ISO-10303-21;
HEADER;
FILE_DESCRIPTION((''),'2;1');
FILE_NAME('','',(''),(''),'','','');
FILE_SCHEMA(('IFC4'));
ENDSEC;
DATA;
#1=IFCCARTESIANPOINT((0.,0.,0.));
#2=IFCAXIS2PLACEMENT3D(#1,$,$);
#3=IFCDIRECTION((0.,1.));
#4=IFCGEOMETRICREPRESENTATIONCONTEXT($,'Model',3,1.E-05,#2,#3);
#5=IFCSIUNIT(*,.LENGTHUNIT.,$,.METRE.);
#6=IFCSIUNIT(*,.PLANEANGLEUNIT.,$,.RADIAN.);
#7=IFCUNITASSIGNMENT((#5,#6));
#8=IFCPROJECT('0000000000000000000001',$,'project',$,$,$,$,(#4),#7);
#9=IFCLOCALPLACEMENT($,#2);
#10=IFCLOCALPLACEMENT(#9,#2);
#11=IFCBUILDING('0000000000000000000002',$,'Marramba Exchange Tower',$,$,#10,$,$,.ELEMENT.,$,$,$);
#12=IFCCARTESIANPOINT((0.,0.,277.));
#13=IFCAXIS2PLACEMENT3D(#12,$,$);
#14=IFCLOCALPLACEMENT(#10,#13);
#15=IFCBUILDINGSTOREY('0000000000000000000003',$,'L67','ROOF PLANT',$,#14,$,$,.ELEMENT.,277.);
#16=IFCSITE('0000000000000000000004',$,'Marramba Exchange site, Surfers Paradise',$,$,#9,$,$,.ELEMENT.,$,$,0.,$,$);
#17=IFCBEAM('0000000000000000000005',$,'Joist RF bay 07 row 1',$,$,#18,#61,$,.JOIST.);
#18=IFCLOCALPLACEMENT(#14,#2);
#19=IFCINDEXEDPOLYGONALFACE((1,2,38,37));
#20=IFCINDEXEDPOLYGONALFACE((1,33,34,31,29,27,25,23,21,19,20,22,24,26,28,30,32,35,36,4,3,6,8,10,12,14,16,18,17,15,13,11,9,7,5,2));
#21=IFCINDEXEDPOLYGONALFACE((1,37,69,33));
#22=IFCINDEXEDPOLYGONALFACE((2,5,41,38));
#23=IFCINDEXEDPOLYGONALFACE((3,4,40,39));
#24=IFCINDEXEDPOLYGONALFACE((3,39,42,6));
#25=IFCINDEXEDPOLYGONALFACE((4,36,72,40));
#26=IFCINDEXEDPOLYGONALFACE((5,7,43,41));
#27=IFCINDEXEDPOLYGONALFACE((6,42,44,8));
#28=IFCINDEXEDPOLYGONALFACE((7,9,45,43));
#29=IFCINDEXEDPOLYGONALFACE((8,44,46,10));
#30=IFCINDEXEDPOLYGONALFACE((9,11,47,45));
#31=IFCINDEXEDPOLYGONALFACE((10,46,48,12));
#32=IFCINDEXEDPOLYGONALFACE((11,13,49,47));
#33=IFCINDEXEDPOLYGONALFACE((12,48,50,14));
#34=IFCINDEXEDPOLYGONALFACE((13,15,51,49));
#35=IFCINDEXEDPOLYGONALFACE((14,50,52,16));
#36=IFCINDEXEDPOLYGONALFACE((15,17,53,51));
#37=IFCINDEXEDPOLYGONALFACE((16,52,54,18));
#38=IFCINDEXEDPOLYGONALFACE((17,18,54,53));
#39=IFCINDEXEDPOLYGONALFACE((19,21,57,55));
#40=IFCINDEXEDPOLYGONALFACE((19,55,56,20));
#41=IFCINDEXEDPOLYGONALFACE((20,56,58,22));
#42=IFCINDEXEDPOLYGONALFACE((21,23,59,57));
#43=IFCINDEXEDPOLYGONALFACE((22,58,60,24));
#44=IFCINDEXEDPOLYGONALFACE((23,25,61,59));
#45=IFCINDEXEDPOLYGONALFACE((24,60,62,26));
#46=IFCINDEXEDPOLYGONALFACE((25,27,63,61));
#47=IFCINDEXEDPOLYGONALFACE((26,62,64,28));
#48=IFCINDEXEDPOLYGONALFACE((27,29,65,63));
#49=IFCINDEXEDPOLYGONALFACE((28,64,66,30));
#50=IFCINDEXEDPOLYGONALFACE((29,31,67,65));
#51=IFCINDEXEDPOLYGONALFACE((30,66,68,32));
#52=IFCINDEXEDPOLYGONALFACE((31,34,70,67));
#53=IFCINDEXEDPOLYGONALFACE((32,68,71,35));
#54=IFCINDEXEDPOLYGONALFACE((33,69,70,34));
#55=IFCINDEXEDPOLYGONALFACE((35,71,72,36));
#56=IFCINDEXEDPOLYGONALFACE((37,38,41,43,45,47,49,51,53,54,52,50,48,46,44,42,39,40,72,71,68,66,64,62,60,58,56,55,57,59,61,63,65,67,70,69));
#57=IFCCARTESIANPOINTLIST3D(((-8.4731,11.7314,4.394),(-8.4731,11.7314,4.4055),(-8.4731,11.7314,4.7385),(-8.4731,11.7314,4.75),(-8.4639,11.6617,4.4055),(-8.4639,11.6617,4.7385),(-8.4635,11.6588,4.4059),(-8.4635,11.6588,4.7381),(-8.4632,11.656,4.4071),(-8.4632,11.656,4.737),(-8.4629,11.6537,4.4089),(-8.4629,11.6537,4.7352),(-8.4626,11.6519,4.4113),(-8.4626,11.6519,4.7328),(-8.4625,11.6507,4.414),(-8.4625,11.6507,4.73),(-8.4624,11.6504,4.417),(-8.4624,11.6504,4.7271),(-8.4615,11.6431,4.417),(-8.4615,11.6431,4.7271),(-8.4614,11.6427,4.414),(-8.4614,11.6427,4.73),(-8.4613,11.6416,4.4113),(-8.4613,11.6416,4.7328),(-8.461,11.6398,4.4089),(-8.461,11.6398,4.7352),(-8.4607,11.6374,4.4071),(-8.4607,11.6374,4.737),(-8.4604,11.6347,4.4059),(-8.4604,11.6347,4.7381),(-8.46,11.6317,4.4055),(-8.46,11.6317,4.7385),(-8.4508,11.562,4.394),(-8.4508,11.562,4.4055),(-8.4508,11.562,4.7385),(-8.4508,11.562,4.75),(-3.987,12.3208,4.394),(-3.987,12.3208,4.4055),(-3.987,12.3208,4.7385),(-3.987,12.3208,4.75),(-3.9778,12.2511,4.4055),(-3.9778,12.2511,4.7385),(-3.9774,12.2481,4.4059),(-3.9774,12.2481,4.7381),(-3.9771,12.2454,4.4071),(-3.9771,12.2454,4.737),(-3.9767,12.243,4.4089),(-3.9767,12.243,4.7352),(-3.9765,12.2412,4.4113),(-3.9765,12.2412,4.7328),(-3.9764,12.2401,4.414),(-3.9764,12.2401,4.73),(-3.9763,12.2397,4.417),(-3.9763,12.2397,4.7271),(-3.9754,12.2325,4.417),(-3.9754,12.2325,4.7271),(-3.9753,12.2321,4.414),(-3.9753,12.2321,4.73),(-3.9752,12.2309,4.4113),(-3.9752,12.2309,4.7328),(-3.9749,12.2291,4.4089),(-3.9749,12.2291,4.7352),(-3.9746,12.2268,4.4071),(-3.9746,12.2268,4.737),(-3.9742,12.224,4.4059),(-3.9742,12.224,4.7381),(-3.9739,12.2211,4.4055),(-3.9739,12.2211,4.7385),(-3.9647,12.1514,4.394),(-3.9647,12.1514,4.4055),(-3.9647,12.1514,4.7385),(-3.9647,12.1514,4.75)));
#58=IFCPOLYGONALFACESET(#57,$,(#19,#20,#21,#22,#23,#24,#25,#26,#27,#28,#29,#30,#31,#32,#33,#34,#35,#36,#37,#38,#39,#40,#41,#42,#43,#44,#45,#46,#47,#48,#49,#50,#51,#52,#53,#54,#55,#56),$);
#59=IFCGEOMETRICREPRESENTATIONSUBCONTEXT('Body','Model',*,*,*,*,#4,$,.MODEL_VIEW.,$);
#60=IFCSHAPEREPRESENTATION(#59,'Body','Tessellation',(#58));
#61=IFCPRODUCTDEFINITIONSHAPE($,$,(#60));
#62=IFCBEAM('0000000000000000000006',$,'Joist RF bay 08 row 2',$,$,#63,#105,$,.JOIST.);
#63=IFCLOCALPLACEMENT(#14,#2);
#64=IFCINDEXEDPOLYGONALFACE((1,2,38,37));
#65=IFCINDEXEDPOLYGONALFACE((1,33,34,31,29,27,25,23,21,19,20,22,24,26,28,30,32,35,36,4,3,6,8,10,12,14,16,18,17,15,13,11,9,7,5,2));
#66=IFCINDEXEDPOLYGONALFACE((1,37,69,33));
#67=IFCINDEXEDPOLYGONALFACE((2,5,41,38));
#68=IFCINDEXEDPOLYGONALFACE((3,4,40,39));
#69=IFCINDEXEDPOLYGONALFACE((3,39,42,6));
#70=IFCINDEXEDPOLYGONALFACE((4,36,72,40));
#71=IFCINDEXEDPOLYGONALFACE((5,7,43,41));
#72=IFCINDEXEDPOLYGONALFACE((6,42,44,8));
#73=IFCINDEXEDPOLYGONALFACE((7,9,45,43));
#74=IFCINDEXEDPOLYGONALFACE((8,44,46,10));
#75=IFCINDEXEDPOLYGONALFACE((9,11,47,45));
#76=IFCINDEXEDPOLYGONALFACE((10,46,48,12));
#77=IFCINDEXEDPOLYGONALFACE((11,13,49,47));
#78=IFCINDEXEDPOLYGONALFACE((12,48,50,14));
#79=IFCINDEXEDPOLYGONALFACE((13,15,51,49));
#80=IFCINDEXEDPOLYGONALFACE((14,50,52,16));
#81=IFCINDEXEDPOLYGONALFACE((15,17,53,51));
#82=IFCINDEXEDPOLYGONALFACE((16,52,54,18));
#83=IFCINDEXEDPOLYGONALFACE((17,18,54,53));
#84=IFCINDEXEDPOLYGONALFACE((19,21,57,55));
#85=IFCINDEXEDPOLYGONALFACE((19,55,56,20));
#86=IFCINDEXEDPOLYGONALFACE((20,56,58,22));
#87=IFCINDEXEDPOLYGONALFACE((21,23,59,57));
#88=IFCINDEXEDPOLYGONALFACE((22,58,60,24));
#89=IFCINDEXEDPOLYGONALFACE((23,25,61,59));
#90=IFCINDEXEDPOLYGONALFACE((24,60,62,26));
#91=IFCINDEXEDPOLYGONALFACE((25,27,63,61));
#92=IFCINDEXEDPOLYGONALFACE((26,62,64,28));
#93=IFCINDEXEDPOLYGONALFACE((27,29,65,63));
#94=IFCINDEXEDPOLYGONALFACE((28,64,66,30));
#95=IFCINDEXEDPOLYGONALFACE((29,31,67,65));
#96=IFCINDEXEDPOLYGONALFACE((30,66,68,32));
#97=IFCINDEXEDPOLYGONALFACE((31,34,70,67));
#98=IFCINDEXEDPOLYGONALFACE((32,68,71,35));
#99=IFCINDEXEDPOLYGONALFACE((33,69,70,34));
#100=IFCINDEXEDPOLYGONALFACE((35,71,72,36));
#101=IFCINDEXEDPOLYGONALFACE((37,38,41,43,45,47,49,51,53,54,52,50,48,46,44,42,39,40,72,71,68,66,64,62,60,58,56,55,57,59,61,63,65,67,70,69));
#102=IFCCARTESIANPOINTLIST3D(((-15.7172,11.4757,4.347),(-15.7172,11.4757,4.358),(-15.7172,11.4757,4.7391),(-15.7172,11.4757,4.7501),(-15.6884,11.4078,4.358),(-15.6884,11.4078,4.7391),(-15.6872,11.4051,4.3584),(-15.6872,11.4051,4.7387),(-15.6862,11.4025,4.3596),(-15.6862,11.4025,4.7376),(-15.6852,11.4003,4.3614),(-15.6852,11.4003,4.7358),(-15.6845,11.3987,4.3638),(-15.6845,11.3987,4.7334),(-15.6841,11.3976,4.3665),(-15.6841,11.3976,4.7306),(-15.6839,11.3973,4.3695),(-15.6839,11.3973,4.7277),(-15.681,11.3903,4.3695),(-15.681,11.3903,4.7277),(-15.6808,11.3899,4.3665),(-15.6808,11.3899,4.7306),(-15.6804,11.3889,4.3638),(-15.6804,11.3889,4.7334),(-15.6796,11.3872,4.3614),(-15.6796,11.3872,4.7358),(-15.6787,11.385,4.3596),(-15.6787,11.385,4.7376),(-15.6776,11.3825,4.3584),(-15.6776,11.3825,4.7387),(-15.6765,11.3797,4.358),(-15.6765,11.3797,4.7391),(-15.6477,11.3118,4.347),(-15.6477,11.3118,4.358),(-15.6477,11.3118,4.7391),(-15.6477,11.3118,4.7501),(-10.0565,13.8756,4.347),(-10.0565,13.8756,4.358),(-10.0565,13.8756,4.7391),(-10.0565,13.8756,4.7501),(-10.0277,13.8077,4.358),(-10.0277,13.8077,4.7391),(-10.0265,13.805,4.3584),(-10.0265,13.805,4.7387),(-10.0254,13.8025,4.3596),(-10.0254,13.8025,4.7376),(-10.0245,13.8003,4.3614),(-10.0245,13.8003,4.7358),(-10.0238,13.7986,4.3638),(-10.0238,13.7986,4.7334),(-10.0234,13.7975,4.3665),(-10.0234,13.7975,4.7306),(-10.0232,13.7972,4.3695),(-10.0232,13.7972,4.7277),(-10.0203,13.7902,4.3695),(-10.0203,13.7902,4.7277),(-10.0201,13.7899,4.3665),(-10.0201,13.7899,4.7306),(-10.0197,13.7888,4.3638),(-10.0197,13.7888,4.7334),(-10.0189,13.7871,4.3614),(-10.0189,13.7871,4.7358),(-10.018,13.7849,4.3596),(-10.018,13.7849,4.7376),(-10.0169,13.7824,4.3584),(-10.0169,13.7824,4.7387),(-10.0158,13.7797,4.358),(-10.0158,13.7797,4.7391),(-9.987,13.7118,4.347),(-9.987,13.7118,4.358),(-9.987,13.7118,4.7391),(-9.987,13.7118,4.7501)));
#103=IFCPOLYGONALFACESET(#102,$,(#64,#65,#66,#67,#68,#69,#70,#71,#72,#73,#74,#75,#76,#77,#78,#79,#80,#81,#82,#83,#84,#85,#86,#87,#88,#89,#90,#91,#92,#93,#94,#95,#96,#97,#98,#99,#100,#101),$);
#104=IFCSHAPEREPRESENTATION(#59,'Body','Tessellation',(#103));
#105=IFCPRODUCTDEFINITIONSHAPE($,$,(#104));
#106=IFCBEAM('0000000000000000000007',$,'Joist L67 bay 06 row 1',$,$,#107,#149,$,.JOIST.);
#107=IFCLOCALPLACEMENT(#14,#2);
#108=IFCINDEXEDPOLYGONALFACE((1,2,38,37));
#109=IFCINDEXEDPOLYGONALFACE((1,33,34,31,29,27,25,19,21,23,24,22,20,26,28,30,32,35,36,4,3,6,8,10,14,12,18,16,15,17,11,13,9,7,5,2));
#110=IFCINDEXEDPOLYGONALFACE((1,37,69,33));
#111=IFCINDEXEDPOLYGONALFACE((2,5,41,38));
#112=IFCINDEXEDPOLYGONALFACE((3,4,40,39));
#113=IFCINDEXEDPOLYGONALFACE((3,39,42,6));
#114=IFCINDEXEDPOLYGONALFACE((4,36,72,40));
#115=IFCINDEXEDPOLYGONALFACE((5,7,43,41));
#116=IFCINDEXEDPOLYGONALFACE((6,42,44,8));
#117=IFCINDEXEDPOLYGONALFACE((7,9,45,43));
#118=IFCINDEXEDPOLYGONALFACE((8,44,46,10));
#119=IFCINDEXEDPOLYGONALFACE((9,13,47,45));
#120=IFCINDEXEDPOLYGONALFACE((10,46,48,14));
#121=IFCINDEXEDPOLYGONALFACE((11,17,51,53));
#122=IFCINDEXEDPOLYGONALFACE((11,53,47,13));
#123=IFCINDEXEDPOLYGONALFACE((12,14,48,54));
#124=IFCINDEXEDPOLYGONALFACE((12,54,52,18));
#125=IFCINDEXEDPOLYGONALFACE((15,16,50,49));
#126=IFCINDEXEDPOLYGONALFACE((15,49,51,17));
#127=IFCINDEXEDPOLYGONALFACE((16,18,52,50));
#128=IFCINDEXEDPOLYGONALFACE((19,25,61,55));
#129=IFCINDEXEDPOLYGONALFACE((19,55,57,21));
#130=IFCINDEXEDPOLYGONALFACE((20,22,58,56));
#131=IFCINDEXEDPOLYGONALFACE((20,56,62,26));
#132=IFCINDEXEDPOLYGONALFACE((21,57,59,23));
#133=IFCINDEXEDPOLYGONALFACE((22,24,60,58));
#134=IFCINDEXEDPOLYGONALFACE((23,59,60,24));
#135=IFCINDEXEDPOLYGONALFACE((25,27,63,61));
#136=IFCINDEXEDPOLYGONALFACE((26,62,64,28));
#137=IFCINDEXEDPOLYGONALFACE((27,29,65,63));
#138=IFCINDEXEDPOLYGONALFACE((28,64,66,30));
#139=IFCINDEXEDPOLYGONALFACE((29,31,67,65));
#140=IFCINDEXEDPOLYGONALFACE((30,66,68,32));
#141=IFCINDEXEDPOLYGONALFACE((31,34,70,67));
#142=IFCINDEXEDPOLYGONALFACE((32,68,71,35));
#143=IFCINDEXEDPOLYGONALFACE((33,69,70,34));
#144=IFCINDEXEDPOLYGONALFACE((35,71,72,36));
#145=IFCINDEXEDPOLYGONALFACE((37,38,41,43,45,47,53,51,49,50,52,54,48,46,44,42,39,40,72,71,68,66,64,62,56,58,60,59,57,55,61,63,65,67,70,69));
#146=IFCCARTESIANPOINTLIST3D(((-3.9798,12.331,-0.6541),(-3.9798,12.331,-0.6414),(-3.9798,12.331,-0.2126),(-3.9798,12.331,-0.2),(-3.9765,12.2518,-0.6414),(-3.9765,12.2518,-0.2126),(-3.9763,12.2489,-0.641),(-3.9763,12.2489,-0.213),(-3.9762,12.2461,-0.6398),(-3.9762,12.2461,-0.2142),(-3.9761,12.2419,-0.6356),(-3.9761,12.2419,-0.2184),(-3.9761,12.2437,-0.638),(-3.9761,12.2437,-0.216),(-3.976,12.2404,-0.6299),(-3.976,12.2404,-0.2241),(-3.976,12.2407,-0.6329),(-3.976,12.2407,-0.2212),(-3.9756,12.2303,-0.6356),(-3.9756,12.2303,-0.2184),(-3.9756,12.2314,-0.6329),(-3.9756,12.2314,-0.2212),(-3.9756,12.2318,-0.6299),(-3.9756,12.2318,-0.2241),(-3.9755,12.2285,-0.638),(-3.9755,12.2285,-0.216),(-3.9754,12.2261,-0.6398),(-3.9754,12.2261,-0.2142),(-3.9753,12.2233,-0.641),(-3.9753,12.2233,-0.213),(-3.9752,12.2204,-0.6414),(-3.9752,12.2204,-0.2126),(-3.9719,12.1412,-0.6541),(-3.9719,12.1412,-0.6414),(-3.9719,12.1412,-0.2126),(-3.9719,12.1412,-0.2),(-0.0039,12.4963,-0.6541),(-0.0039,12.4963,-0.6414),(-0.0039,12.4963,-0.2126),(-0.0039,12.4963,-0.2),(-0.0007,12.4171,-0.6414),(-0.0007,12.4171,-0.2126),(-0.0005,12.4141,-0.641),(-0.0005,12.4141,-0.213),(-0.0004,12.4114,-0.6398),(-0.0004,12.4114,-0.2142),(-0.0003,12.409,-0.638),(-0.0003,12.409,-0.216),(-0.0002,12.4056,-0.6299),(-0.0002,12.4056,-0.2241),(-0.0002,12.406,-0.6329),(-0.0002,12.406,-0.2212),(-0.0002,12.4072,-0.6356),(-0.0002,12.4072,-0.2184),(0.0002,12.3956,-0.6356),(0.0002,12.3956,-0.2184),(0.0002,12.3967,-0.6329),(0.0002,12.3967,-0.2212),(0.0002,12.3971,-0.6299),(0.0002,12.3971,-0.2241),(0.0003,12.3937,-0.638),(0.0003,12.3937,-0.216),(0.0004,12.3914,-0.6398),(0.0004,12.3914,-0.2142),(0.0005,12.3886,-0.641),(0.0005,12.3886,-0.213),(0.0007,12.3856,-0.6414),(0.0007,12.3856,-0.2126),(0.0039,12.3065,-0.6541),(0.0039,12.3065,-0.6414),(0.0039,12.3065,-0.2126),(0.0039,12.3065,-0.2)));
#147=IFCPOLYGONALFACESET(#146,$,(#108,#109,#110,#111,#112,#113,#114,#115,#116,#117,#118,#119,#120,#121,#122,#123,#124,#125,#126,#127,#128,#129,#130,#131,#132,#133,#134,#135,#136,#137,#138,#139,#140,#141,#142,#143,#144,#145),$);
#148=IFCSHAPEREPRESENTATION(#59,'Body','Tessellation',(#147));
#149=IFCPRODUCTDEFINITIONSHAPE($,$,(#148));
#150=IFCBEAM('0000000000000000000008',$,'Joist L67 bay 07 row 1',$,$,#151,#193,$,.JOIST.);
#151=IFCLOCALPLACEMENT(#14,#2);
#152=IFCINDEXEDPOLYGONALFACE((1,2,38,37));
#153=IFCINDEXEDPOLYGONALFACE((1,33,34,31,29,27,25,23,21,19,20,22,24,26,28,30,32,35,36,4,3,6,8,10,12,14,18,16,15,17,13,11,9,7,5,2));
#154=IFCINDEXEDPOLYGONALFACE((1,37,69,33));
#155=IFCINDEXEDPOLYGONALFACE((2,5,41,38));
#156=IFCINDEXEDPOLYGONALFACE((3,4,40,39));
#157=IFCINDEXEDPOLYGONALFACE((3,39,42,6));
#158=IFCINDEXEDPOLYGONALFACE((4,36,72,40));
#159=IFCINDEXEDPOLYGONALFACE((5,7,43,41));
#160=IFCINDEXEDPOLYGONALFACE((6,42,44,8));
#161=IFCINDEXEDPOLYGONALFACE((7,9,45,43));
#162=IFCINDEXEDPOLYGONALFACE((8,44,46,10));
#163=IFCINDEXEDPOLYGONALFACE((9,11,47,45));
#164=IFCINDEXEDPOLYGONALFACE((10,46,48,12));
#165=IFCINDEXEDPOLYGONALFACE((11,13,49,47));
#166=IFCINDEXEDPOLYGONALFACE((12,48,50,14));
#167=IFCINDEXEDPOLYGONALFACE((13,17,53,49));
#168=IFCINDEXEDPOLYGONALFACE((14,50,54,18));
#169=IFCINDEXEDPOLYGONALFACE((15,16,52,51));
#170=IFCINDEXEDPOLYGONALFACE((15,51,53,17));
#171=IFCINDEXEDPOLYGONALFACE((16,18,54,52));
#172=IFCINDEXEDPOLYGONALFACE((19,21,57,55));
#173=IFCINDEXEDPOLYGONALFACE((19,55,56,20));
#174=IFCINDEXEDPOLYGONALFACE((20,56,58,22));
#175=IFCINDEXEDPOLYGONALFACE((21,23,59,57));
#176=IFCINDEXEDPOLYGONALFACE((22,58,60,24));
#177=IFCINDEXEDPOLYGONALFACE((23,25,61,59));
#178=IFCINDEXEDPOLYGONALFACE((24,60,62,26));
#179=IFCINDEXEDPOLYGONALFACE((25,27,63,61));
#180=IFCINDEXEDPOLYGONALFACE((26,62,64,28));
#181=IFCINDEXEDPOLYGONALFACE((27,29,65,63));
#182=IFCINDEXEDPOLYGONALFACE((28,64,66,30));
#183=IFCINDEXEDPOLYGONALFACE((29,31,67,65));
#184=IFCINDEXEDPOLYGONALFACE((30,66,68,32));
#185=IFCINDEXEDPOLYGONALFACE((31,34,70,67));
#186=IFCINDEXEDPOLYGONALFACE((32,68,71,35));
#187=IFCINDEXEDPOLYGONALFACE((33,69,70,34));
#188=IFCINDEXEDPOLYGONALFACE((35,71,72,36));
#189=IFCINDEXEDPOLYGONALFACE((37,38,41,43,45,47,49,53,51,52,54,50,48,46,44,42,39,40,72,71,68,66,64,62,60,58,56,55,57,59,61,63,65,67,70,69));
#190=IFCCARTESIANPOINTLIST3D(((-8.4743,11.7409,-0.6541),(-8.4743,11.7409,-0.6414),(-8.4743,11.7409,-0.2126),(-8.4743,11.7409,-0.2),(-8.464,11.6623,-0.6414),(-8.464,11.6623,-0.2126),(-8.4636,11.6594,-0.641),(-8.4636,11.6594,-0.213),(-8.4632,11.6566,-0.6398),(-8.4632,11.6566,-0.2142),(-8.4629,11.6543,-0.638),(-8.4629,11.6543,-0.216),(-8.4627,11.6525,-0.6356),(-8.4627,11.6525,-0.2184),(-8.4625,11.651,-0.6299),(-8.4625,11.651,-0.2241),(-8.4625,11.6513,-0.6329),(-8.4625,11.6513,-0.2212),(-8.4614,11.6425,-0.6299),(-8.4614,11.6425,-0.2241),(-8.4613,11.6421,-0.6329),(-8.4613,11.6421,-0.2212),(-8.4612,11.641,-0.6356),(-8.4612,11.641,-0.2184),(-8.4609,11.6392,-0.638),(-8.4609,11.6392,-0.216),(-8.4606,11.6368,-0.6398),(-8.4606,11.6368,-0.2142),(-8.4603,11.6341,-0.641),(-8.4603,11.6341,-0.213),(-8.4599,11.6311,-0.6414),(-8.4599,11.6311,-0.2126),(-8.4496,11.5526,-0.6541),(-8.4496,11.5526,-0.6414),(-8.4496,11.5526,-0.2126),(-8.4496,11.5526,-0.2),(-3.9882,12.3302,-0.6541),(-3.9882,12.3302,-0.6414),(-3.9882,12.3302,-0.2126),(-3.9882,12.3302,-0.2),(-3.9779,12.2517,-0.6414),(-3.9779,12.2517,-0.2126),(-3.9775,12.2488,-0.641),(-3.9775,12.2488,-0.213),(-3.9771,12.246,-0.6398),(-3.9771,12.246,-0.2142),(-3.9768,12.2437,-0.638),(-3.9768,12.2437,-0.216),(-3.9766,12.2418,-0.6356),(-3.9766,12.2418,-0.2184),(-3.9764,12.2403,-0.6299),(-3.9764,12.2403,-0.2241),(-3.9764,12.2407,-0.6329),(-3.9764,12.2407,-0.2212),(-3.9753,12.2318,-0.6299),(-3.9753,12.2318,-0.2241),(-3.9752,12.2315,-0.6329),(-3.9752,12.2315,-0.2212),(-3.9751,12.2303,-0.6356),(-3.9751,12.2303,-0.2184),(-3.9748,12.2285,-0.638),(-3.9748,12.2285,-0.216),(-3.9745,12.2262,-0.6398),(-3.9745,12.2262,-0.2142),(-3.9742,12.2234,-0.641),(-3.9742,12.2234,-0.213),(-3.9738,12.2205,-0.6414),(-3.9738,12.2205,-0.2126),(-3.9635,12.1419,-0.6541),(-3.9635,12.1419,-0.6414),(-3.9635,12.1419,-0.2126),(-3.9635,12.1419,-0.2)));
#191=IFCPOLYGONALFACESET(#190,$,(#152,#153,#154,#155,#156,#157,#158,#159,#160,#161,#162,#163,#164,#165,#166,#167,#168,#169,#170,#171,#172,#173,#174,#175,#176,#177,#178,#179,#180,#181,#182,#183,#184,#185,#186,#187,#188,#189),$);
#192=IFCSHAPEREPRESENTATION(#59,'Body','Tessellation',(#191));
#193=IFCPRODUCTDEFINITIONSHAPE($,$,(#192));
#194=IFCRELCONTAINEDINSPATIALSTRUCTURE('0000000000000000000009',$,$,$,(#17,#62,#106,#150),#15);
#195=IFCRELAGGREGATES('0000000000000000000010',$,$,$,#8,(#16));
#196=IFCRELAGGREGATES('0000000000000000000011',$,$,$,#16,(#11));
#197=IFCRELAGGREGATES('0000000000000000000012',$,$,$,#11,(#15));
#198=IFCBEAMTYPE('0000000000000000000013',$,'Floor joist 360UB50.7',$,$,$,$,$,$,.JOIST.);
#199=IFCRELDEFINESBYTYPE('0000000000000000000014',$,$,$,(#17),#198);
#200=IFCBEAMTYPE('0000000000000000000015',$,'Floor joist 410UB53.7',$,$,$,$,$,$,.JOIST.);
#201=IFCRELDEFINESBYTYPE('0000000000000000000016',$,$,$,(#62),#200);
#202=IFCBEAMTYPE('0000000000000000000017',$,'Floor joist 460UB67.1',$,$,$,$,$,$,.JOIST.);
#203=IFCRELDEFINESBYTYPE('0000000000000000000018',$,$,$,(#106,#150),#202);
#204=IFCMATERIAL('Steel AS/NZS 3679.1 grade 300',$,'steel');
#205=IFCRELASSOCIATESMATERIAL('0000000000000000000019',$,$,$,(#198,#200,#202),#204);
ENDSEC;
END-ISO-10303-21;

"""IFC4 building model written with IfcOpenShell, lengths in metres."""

from ifc_helpers import new_model, si_unit, direction, frame, origin, origin_2d, place, context, subcontext, project, spatial, i_section, extrude, material, material_profile, profile_set, type_object, element, save


model = new_model("IFC4")

# Units and contexts
model_context = context("Model", 3, precision=1e-05, world=origin(), true_north=direction((0.0, 1.0)))
body_context = subcontext(model_context, "Body", "Model", "MODEL_VIEW")
ifc_project = project(units=[si_unit("LENGTHUNIT", "METRE"), si_unit("PLANEANGLEUNIT", "RADIAN")], contexts=[model_context])

# Site, building, storey
site_placement = place(None, origin())
site = spatial("IfcSite", under=ifc_project, at=site_placement, Name="Marramba Exchange site, Surfers Paradise", CompositionType="ELEMENT", RefElevation=0.0)
building_placement = place(site_placement, origin())
building = spatial("IfcBuilding", under=site, at=building_placement, Name="Marramba Exchange Tower", CompositionType="ELEMENT")
storey_placement = place(building_placement, frame((0.0, 0.0, 277.0)))
storey = spatial("IfcBuildingStorey", under=building, at=storey_placement, Name="L67", Description="ROOF PLANT", CompositionType="ELEMENT", Elevation=277.0)

# Beams
ifc_material_1 = material(Name="Steel AS/NZS 3679.1 grade 300", Category="steel")
ifc_material_profile_1 = material_profile(ifc_material_1, i_section(OverallWidth=0.1709, OverallDepth=0.356, WebThickness=0.0073, FlangeThickness=0.0115, FilletRadius=0.0115, at=origin_2d()), Name="360UB50.7")
ifc_profile_set_1 = profile_set([ifc_material_profile_1], Name="Steel AS/NZS 3679.1 grade 300")
beam_type_1 = type_object("IfcBeamType", Name="Floor joist 360UB50.7", PredefinedType="JOIST", material=ifc_profile_set_1)
beam_1_placement = place(storey_placement, frame((-3.9758, 12.2361, 4.572), z_axis=(-0.991481, -0.130255, 0.0), x_axis=(0.130255, -0.991481, 0.0)))
element("IfcBeam", 1, at=beam_1_placement, inside=storey, type_object=beam_type_1, Name="Joist RF bay 07 row 1", PredefinedType="JOIST", context=body_context, shape_type="SweptSolid", body=[
    extrude(i_section(OverallWidth=0.1709, OverallDepth=0.356, WebThickness=0.0073, FlangeThickness=0.0115, FilletRadius=0.0115, at=origin_2d()), origin(), (0.0, 0.0, 1.0), 4.5247),
])
ifc_material_profile_2 = material_profile(ifc_material_1, i_section(OverallWidth=0.178, OverallDepth=0.4031, WebThickness=0.0076, FlangeThickness=0.011, FilletRadius=0.0115, at=origin_2d()), Name="410UB53.7")
ifc_profile_set_2 = profile_set([ifc_material_profile_2], Name="Steel AS/NZS 3679.1 grade 300")
beam_type_2 = type_object("IfcBeamType", Name="Floor joist 410UB53.7", PredefinedType="JOIST", material=ifc_profile_set_2)
beam_2_placement = place(storey_placement, frame((-10.0217, 13.7937, 4.5486), z_axis=(-0.920674, -0.390332, 0.0), x_axis=(0.390332, -0.920674, 0.0)))
element("IfcBeam", 2, at=beam_2_placement, inside=storey, type_object=beam_type_2, Name="Joist RF bay 08 row 2", PredefinedType="JOIST", context=body_context, shape_type="SweptSolid", body=[
    extrude(i_section(OverallWidth=0.178, OverallDepth=0.4031, WebThickness=0.0076, FlangeThickness=0.011, FilletRadius=0.0115, at=origin_2d()), origin(), (0.0, 0.0, 1.0), 6.1484),
])
ifc_material_profile_3 = material_profile(ifc_material_1, i_section(OverallWidth=0.1899, OverallDepth=0.4541, WebThickness=0.0085, FlangeThickness=0.0127, FilletRadius=0.0115, at=origin_2d()), Name="460UB67.1")
ifc_profile_set_3 = profile_set([ifc_material_profile_3], Name="Steel AS/NZS 3679.1 grade 300")
beam_type_3 = type_object("IfcBeamType", Name="Floor joist 460UB67.1", PredefinedType="JOIST", material=ifc_profile_set_3)
beam_3_placement = place(storey_placement, frame((0.0, 12.4014, -0.427), z_axis=(-0.999137, -0.041536, 0.0), x_axis=(0.041536, -0.999137, 0.0)))
element("IfcBeam", 3, at=beam_3_placement, inside=storey, type_object=beam_type_3, Name="Joist L67 bay 06 row 1", PredefinedType="JOIST", context=body_context, shape_type="SweptSolid", body=[
    extrude(i_section(OverallWidth=0.1899, OverallDepth=0.4541, WebThickness=0.0085, FlangeThickness=0.0127, FilletRadius=0.0115, at=origin_2d()), origin(), (0.0, 0.0, 1.0), 3.9792),
])
beam_4_placement = place(storey_placement, frame((-3.9758, 12.2361, -0.427), z_axis=(-0.991481, -0.130255, 0.0), x_axis=(0.130255, -0.991481, 0.0)))
element("IfcBeam", 4, at=beam_4_placement, inside=storey, type_object=beam_type_3, Name="Joist L67 bay 07 row 1", PredefinedType="JOIST", context=body_context, shape_type="SweptSolid", body=[
    extrude(i_section(OverallWidth=0.1899, OverallDepth=0.4541, WebThickness=0.0085, FlangeThickness=0.0127, FilletRadius=0.0115, at=origin_2d()), origin(), (0.0, 0.0, 1.0), 4.5247),
])

save(model, "model.ifc")
